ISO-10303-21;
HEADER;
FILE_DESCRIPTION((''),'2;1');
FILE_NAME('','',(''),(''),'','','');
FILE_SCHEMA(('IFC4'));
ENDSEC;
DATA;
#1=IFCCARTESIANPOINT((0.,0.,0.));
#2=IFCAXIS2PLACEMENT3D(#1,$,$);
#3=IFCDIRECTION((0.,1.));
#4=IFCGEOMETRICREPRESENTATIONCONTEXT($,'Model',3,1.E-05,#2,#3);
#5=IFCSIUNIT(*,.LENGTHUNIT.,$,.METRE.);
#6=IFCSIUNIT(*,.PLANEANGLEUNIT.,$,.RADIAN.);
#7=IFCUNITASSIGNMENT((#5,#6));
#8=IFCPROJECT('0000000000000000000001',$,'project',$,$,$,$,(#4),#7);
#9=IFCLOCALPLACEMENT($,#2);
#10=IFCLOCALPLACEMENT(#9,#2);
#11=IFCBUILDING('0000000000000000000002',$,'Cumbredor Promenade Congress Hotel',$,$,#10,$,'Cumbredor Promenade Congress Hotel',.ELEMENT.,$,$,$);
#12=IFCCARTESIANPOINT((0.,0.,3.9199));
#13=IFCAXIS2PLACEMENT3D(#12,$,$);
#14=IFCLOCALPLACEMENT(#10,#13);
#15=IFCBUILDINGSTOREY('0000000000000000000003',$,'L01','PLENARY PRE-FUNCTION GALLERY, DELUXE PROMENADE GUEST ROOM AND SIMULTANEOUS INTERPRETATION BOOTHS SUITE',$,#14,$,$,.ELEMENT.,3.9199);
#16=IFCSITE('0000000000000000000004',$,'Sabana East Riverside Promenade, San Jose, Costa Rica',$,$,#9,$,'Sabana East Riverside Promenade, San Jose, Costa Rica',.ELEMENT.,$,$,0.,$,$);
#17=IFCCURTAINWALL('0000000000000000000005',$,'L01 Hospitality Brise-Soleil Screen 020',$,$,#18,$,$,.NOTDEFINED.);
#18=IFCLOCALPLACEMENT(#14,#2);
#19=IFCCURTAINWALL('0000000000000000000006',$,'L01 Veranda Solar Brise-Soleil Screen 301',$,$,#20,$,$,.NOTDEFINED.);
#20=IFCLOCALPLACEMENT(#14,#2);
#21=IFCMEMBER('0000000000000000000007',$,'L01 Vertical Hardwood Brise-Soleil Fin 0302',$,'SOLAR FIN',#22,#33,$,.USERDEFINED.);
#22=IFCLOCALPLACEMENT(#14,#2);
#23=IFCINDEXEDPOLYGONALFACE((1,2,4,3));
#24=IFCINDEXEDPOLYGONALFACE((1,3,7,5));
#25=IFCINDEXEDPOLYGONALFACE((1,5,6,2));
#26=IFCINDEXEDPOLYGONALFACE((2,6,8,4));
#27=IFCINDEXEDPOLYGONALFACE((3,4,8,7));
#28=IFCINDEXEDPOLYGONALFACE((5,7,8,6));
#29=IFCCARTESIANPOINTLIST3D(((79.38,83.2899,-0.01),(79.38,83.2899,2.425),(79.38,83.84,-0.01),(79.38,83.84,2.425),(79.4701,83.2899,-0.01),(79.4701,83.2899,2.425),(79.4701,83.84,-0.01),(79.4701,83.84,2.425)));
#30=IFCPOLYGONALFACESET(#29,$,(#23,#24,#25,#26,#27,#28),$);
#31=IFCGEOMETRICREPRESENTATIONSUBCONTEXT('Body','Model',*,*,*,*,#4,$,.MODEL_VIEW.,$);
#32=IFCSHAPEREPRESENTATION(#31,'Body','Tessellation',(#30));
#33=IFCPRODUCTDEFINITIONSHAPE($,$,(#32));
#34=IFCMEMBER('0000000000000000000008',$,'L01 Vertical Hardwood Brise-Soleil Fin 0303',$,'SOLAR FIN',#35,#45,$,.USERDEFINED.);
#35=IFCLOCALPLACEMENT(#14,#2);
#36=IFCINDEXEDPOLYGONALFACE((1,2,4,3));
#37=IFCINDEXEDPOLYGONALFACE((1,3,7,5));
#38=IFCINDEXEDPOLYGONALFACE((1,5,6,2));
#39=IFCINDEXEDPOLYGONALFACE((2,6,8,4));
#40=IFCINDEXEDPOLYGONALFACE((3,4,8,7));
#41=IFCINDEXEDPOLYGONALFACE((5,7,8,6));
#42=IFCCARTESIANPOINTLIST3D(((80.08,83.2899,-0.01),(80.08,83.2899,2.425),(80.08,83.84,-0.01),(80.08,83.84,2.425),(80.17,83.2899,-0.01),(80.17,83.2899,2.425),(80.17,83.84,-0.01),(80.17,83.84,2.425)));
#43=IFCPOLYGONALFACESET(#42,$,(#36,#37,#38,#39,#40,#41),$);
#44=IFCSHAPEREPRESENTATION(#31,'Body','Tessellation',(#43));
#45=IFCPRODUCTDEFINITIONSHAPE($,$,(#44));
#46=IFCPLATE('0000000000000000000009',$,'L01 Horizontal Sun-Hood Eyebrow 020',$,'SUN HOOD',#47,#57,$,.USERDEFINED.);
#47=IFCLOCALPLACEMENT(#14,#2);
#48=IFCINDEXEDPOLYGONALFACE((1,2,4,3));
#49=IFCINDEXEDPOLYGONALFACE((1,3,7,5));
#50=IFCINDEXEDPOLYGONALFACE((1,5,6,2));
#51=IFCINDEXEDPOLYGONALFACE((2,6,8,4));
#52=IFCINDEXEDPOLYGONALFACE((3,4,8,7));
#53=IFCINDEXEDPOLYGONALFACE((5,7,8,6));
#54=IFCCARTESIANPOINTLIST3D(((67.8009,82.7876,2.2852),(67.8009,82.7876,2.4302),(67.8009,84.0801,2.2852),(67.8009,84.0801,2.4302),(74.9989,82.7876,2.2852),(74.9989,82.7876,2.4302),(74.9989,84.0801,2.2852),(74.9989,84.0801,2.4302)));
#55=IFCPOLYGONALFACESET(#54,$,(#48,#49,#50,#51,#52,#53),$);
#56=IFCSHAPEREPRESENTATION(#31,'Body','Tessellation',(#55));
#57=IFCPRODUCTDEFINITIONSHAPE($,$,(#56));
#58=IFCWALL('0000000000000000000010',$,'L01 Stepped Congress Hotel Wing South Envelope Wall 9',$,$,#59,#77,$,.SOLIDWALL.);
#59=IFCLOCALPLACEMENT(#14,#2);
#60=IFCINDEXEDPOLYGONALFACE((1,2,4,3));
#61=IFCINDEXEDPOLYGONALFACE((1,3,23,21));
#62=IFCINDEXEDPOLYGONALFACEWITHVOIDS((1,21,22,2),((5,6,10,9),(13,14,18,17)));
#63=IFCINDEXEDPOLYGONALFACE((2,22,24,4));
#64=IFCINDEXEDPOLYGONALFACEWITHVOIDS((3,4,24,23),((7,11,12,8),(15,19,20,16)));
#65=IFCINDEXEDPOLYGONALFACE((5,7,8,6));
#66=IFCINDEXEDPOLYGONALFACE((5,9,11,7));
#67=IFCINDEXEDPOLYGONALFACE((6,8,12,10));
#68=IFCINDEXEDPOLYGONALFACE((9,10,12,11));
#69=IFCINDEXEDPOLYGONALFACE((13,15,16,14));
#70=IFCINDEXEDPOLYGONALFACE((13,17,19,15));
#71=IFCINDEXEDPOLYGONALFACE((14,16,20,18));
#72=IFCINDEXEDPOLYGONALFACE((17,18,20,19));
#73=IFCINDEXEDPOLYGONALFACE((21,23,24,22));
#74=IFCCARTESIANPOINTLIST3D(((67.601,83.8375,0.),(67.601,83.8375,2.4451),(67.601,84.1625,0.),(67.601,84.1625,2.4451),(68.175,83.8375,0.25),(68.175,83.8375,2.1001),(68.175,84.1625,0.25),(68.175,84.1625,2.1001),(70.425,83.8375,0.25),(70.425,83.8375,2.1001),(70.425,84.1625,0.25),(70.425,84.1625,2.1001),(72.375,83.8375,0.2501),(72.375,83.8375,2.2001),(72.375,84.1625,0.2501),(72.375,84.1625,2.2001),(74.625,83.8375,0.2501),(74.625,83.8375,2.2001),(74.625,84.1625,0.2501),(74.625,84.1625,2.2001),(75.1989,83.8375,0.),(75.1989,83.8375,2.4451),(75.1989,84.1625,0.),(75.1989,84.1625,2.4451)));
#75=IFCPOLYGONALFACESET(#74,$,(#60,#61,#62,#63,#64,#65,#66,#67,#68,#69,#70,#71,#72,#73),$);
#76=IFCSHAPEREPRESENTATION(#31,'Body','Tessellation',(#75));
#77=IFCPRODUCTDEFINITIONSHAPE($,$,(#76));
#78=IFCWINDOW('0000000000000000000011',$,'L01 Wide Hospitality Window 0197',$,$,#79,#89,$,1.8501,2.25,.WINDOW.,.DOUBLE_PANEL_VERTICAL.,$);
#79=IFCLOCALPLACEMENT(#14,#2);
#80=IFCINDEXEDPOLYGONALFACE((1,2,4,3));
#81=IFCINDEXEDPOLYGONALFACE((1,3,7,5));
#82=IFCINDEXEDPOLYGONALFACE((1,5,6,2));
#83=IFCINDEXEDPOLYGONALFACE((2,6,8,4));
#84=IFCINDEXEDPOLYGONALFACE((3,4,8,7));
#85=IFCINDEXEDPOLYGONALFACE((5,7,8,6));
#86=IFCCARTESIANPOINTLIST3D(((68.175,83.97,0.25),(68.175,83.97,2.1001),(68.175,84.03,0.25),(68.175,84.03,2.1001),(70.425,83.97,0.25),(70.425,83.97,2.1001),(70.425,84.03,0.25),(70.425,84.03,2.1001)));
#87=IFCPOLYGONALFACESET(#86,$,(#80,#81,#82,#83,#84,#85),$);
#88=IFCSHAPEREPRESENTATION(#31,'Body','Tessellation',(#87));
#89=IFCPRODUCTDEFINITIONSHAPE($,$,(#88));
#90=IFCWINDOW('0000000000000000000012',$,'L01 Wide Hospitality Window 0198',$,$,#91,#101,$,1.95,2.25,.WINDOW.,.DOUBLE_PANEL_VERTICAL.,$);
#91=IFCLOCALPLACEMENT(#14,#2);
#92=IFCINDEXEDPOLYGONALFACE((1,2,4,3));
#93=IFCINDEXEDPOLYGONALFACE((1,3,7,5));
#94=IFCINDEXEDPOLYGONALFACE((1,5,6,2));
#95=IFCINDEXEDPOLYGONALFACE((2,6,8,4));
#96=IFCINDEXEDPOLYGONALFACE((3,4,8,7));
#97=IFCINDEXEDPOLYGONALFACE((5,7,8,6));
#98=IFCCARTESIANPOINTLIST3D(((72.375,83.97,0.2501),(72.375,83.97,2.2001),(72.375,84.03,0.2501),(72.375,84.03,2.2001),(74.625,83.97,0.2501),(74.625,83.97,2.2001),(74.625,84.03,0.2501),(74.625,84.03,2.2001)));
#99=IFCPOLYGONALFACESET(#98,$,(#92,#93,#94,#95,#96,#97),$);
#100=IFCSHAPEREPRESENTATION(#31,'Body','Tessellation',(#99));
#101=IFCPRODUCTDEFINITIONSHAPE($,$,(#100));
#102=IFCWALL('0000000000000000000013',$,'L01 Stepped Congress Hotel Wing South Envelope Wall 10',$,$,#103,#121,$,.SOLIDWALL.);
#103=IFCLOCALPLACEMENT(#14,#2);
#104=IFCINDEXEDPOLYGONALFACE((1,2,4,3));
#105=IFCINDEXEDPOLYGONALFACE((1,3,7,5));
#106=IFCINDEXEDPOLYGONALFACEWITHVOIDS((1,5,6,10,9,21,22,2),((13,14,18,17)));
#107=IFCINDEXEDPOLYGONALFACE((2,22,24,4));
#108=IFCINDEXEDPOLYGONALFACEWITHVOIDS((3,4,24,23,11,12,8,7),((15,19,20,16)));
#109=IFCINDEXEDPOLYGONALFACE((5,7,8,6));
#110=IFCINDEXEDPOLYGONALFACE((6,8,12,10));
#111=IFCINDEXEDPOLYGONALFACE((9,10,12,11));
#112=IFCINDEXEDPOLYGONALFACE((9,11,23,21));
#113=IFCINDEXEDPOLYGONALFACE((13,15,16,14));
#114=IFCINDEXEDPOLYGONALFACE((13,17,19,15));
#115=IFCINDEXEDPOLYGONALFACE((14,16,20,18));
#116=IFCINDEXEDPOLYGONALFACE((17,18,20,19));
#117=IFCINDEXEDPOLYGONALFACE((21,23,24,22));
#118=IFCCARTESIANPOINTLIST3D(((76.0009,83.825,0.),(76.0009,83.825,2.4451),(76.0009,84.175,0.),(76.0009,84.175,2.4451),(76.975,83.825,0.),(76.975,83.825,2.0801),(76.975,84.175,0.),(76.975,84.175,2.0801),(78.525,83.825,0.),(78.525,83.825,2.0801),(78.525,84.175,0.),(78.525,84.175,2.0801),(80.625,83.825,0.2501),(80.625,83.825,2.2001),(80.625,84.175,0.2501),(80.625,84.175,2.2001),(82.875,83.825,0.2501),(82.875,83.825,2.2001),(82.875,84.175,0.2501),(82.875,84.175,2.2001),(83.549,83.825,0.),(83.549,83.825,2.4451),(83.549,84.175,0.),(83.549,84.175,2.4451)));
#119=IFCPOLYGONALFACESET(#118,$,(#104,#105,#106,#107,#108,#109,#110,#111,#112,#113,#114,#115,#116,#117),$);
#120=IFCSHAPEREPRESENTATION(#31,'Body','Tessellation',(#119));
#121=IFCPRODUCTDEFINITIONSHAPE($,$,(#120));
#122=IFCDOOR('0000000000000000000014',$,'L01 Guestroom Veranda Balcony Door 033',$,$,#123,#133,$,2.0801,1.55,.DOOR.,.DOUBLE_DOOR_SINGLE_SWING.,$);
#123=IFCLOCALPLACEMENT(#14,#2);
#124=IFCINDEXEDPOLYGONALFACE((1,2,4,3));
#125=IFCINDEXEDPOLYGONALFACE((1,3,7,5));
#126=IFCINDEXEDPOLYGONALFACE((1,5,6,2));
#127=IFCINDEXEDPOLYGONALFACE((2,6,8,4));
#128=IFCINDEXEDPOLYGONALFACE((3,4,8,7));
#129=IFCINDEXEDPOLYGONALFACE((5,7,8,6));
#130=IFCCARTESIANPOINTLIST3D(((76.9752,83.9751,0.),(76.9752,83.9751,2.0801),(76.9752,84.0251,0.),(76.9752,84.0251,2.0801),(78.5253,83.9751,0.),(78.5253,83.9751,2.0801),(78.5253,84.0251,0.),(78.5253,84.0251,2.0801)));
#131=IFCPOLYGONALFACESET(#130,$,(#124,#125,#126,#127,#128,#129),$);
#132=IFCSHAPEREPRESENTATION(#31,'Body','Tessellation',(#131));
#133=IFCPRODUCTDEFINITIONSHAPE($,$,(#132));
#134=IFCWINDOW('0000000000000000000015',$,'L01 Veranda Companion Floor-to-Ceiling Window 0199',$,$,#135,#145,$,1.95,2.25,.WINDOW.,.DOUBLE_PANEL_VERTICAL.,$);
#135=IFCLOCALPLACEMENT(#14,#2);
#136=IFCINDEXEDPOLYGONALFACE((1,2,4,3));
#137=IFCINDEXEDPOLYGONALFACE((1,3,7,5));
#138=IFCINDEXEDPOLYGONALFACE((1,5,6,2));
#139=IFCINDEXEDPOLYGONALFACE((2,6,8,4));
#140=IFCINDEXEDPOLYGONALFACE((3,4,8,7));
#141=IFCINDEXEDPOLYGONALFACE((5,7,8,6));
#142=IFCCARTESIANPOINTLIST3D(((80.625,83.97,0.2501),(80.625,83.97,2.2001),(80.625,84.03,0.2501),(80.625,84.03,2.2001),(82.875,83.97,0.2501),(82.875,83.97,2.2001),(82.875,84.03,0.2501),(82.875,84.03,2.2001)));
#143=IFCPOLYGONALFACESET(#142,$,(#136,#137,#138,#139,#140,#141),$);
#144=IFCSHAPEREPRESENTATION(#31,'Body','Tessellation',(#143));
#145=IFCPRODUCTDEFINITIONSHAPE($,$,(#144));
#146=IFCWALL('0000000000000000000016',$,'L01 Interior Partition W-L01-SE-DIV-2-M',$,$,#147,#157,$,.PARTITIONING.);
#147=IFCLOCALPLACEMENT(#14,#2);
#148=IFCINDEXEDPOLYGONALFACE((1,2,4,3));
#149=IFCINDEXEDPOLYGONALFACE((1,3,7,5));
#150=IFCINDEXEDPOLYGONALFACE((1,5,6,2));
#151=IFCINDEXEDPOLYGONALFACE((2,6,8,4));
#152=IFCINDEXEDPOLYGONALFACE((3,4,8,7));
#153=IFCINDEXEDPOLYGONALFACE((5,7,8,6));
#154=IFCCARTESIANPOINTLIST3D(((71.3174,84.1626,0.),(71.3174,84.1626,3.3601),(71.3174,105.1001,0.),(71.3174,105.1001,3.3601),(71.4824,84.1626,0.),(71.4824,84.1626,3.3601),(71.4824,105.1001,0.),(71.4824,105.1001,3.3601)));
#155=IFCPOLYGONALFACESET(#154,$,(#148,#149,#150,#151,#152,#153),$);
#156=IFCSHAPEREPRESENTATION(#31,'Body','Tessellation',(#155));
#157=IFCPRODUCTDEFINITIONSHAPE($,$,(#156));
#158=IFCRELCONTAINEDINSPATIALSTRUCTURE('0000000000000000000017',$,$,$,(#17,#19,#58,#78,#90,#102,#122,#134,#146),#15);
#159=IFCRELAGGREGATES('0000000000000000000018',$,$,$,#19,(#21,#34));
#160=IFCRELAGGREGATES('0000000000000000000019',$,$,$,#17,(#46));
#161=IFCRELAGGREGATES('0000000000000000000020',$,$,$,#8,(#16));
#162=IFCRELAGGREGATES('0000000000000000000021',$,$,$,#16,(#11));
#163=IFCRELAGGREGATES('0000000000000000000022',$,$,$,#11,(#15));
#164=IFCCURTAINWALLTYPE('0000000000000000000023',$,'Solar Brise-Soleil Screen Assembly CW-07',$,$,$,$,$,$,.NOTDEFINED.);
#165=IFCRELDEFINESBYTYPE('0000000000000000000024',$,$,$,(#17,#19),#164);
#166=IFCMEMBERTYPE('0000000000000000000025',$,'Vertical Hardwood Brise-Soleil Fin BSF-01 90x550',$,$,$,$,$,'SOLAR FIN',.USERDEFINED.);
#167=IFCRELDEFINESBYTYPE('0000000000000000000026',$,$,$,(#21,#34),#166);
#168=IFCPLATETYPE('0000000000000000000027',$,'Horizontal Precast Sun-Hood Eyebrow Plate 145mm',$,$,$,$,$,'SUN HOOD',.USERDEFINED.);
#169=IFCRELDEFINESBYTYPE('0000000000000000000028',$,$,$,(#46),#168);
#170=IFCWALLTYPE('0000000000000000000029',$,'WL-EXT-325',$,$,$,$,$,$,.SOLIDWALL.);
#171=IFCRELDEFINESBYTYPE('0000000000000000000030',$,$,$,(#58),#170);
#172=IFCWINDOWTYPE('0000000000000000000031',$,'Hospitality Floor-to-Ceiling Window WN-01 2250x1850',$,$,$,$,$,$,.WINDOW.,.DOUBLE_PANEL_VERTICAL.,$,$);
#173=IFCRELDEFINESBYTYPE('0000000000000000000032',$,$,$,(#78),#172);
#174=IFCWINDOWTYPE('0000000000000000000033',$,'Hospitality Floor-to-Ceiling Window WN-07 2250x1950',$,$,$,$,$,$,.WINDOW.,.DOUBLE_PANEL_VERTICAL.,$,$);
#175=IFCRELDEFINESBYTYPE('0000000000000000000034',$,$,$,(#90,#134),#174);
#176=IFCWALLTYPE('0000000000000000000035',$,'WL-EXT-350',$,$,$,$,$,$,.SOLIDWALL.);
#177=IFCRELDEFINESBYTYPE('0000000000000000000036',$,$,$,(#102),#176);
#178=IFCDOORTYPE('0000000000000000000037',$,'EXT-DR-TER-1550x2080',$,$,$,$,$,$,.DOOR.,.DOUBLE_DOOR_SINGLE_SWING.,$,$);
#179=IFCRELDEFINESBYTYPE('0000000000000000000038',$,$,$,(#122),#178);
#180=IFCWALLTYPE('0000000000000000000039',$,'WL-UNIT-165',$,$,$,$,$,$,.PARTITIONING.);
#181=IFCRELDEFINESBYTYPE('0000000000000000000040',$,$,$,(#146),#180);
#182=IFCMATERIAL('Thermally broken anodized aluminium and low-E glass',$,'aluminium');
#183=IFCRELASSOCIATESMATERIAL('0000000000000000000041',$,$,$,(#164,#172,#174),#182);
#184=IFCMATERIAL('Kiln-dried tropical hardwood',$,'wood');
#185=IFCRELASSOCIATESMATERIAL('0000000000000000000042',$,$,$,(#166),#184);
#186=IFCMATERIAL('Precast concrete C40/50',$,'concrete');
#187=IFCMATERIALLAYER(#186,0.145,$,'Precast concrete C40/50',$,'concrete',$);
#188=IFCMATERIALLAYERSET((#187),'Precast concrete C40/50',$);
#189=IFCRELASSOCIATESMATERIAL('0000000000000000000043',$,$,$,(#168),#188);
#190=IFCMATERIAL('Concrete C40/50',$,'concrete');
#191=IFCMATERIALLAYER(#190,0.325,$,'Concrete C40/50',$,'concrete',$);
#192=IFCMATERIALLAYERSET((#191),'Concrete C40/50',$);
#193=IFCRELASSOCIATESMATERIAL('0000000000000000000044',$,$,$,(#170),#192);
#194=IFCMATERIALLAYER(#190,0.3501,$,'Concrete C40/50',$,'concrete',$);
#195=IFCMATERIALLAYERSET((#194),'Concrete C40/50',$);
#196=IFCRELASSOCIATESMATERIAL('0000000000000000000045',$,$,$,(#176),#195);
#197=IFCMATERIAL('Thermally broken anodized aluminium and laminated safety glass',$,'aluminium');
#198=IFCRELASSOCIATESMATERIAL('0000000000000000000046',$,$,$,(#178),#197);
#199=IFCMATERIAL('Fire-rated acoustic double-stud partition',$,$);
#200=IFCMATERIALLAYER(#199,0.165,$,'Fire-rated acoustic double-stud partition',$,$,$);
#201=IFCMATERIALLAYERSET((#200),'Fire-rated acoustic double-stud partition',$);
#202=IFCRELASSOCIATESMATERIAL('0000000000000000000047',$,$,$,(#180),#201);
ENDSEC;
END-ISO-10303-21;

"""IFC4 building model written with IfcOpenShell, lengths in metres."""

from ifc_helpers import new_model, si_unit, direction, frame, frame_2d, origin, origin_2d, place, context, subcontext, project, spatial, rectangle, extrude, material, layer, layer_set, material_profile, profile_set, type_object, element, fill, aggregate, save


model = new_model("IFC4")

# Units and contexts
model_context = context("Model", 3, precision=1e-05, world=origin(), true_north=direction((0.0, 1.0)))
body_context = subcontext(model_context, "Body", "Model", "MODEL_VIEW")
ifc_project = project(units=[si_unit("LENGTHUNIT", "METRE"), si_unit("PLANEANGLEUNIT", "RADIAN")], contexts=[model_context])

# Site, building, storey
site_placement = place(None, origin())
site = spatial("IfcSite", under=ifc_project, at=site_placement, Name="Sabana East Riverside Promenade, San Jose, Costa Rica", LongName="Sabana East Riverside Promenade, San Jose, Costa Rica", CompositionType="ELEMENT", RefElevation=0.0)
building_placement = place(site_placement, origin())
building = spatial("IfcBuilding", under=site, at=building_placement, Name="Cumbredor Promenade Congress Hotel", LongName="Cumbredor Promenade Congress Hotel", CompositionType="ELEMENT")
storey_placement = place(building_placement, frame((0.0, 0.0, 3.9199)))
storey = spatial("IfcBuildingStorey", under=building, at=storey_placement, Name="L01", Description="PLENARY PRE-FUNCTION GALLERY, DELUXE PROMENADE GUEST ROOM AND SIMULTANEOUS INTERPRETATION BOOTHS SUITE", CompositionType="ELEMENT", Elevation=3.9199)

# Curtain walls
ifc_material_1 = material(Name="Thermally broken anodized aluminium and low-E glass", Category="aluminium")
curtain_wall_type = type_object("IfcCurtainWallType", Name="Solar Brise-Soleil Screen Assembly CW-07", PredefinedType="NOTDEFINED", material=ifc_material_1)
curtain_wall_1_placement = place(storey_placement, origin())
curtain_wall_1 = element("IfcCurtainWall", 1, at=curtain_wall_1_placement, inside=storey, type_object=curtain_wall_type, Name="L01 Hospitality Brise-Soleil Screen 020", PredefinedType="NOTDEFINED")
curtain_wall_2_placement = place(storey_placement, origin())
curtain_wall_2 = element("IfcCurtainWall", 2, at=curtain_wall_2_placement, inside=storey, type_object=curtain_wall_type, Name="L01 Veranda Solar Brise-Soleil Screen 301", PredefinedType="NOTDEFINED")

# Shared definitions
ifc_material_2 = material(Name="Concrete C40/50", Category="concrete")

# Members
ifc_material_3 = material(Name="Kiln-dried tropical hardwood", Category="wood")
ifc_material_profile_1 = material_profile(ifc_material_3, rectangle(XDim=0.0901, YDim=0.55, at=origin_2d()), Name="ARCH FIN 90x550")
ifc_profile_set_1 = profile_set([ifc_material_profile_1], Name="Kiln-dried tropical hardwood")
member_type_1 = type_object("IfcMemberType", Name="Vertical Hardwood Brise-Soleil Fin BSF-01 90x550", ElementType="SOLAR FIN", PredefinedType="USERDEFINED", material=ifc_profile_set_1)
member_1_placement = place(storey_placement, frame((79.425, 83.5649, -0.01), z_axis=(0.0, 0.0, 1.0), x_axis=(1.0, 0.0, 0.0)))
member_1 = element("IfcMember", 3, at=member_1_placement, type_object=member_type_1, Name="L01 Vertical Hardwood Brise-Soleil Fin 0302", ObjectType="SOLAR FIN", PredefinedType="USERDEFINED", context=body_context, shape_type="SweptSolid", body=[
    extrude(rectangle(XDim=0.0901, YDim=0.55, at=origin_2d()), origin(), (0.0, 0.0, 1.0), 2.4351),
])
member_2_placement = place(storey_placement, frame((80.125, 83.5649, -0.01), z_axis=(0.0, 0.0, 1.0), x_axis=(1.0, 0.0, 0.0)))
member_2 = element("IfcMember", 4, at=member_2_placement, type_object=member_type_1, Name="L01 Vertical Hardwood Brise-Soleil Fin 0303", ObjectType="SOLAR FIN", PredefinedType="USERDEFINED", context=body_context, shape_type="SweptSolid", body=[
    extrude(rectangle(XDim=0.0901, YDim=0.55, at=origin_2d()), origin(), (0.0, 0.0, 1.0), 2.4351),
])
aggregate(curtain_wall_2, [member_1, member_2])

# Plate
ifc_material_4 = material(Name="Precast concrete C40/50", Category="concrete")
ifc_layer_1 = layer(ifc_material_4, 0.145, Name="Precast concrete C40/50", Category="concrete")
ifc_layer_set_1 = layer_set([ifc_layer_1], Name="Precast concrete C40/50")
plate_type = type_object("IfcPlateType", Name="Horizontal Precast Sun-Hood Eyebrow Plate 145mm", ElementType="SUN HOOD", PredefinedType="USERDEFINED", material=ifc_layer_set_1)
plate_placement = place(storey_placement, frame((71.3999, 83.4338, 2.2852), z_axis=(0.0, 0.0, 1.0), x_axis=(1.0, 0.0, 0.0)))
plate = element("IfcPlate", 5, at=plate_placement, type_object=plate_type, Name="L01 Horizontal Sun-Hood Eyebrow 020", ObjectType="SUN HOOD", PredefinedType="USERDEFINED", context=body_context, shape_type="SweptSolid", body=[
    extrude(rectangle(XDim=7.198, YDim=1.2925, at=origin_2d()), origin(), (0.0, 0.0, 1.0), 0.145),
])
aggregate(curtain_wall_1, [plate])

# Wall, openings, windows
ifc_layer_2 = layer(ifc_material_2, 0.325, Name="Concrete C40/50", Category="concrete")
ifc_layer_set_2 = layer_set([ifc_layer_2], Name="Concrete C40/50")
wall_type_1 = type_object("IfcWallType", Name="WL-EXT-325", PredefinedType="SOLIDWALL", material=ifc_layer_set_2)
wall_1_placement = place(storey_placement, frame((67.6011, 84.0, 0.0), z_axis=(0.0, 0.0, 1.0), x_axis=(1.0, 0.0, 0.0)))
wall_1 = element("IfcWall", 6, at=wall_1_placement, inside=storey, type_object=wall_type_1, Name="L01 Stepped Congress Hotel Wing South Envelope Wall 9", PredefinedType="SOLIDWALL", context=body_context, shape_type="SweptSolid", body=[
    extrude(rectangle(XDim=7.5979, YDim=0.325, at=frame_2d((3.7988, 0.0))), origin(), (0.0, 0.0, 1.0), 2.4451),
])
opening_1_placement = place(wall_1_placement, frame((0.574, 0.0, 0.25)))
opening_1 = element("IfcOpeningElement", 7, at=opening_1_placement, cuts=wall_1, PredefinedType="OPENING", context=body_context, shape_type="SweptSolid", body=[
    extrude(rectangle(XDim=2.25, YDim=1.8501, at=frame_2d((1.125, 0.925))), frame((0.0, 0.1724, 0.0), z_axis=(0.0, -1.0, 0.0), x_axis=(1.0, 0.0, 0.0)), (0.0, 0.0, 1.0), 0.345),
])
opening_2_placement = place(wall_1_placement, frame((4.7739, 0.0, 0.25)))
opening_2 = element("IfcOpeningElement", 8, at=opening_2_placement, cuts=wall_1, PredefinedType="OPENING", context=body_context, shape_type="SweptSolid", body=[
    extrude(rectangle(XDim=2.25, YDim=1.95, at=frame_2d((1.125, 0.9751))), frame((0.0, 0.1724, 0.0), z_axis=(0.0, -1.0, 0.0), x_axis=(1.0, 0.0, 0.0)), (0.0, 0.0, 1.0), 0.345),
])
window_type_1 = type_object("IfcWindowType", Name="Hospitality Floor-to-Ceiling Window WN-01 2250x1850", PartitioningType="DOUBLE_PANEL_VERTICAL", PredefinedType="WINDOW", material=ifc_material_1)
window_1_placement = place(opening_1_placement, origin())
window_1 = element("IfcWindow", 9, at=window_1_placement, inside=storey, type_object=window_type_1, Name="L01 Wide Hospitality Window 0197", OverallHeight=1.8501, OverallWidth=2.25, PartitioningType="DOUBLE_PANEL_VERTICAL", PredefinedType="WINDOW", context=body_context, shape_type="SweptSolid", body=[
    extrude(rectangle(XDim=2.25, YDim=1.8501, at=frame_2d((1.125, 0.925))), frame((0.0, 0.03, 0.0), z_axis=(0.0, -1.0, 0.0), x_axis=(1.0, 0.0, 0.0)), (0.0, 0.0, 1.0), 0.0601),
])
fill(opening_1, window_1)
window_type_2 = type_object("IfcWindowType", Name="Hospitality Floor-to-Ceiling Window WN-07 2250x1950", PartitioningType="DOUBLE_PANEL_VERTICAL", PredefinedType="WINDOW", material=ifc_material_1)
window_2_placement = place(opening_2_placement, origin())
window_2 = element("IfcWindow", 10, at=window_2_placement, inside=storey, type_object=window_type_2, Name="L01 Wide Hospitality Window 0198", OverallHeight=1.95, OverallWidth=2.25, PartitioningType="DOUBLE_PANEL_VERTICAL", PredefinedType="WINDOW", context=body_context, shape_type="SweptSolid", body=[
    extrude(rectangle(XDim=2.25, YDim=1.95, at=frame_2d((1.125, 0.9751))), frame((0.0, 0.03, 0.0), z_axis=(0.0, -1.0, 0.0), x_axis=(1.0, 0.0, 0.0)), (0.0, 0.0, 1.0), 0.0601),
])
fill(opening_2, window_2)

# Wall, openings, door, window
ifc_layer_3 = layer(ifc_material_2, 0.3501, Name="Concrete C40/50", Category="concrete")
ifc_layer_set_3 = layer_set([ifc_layer_3], Name="Concrete C40/50")
wall_type_2 = type_object("IfcWallType", Name="WL-EXT-350", PredefinedType="SOLIDWALL", material=ifc_layer_set_3)
wall_2_placement = place(storey_placement, frame((76.001, 84.0, 0.0), z_axis=(0.0, 0.0, 1.0), x_axis=(1.0, 0.0, 0.0)))
wall_2 = element("IfcWall", 11, at=wall_2_placement, inside=storey, type_object=wall_type_2, Name="L01 Stepped Congress Hotel Wing South Envelope Wall 10", PredefinedType="SOLIDWALL", context=body_context, shape_type="SweptSolid", body=[
    extrude(rectangle(XDim=7.5481, YDim=0.3501, at=frame_2d((3.7739, 0.0))), origin(), (0.0, 0.0, 1.0), 2.4451),
])
opening_3_placement = place(wall_2_placement, frame((0.9741, 0.0, 0.0)))
opening_3 = element("IfcOpeningElement", 12, at=opening_3_placement, cuts=wall_2, PredefinedType="OPENING", context=body_context, shape_type="SweptSolid", body=[
    extrude(rectangle(XDim=1.55, YDim=2.0801, at=frame_2d((0.7749, 1.04))), frame((0.0, 0.1851, 0.0), z_axis=(0.0, -1.0, 0.0), x_axis=(1.0, 0.0, 0.0)), (0.0, 0.0, 1.0), 0.3701),
])
opening_4_placement = place(wall_2_placement, frame((4.624, 0.0, 0.25)))
opening_4 = element("IfcOpeningElement", 13, at=opening_4_placement, cuts=wall_2, PredefinedType="OPENING", context=body_context, shape_type="SweptSolid", body=[
    extrude(rectangle(XDim=2.25, YDim=1.95, at=frame_2d((1.125, 0.9751))), frame((0.0, 0.1851, 0.0), z_axis=(0.0, -1.0, 0.0), x_axis=(1.0, 0.0, 0.0)), (0.0, 0.0, 1.0), 0.3701),
])
ifc_material_5 = material(Name="Thermally broken anodized aluminium and laminated safety glass", Category="aluminium")
door_type = type_object("IfcDoorType", Name="EXT-DR-TER-1550x2080", OperationType="DOUBLE_DOOR_SINGLE_SWING", PredefinedType="DOOR", material=ifc_material_5)
door_placement = place(opening_3_placement, frame((1.55, 0.0, 0.0), z_axis=(0.0, 0.0, 1.0), x_axis=(-1.0, 0.0, 0.0)))
door = element("IfcDoor", 14, at=door_placement, inside=storey, type_object=door_type, Name="L01 Guestroom Veranda Balcony Door 033", OperationType="DOUBLE_DOOR_SINGLE_SWING", OverallHeight=2.0801, OverallWidth=1.55, PredefinedType="DOOR", context=body_context, shape_type="SweptSolid", body=[
    extrude(rectangle(XDim=1.55, YDim=2.0801, at=frame_2d((0.7749, 1.04))), frame((0.0, 0.0249, 0.0), z_axis=(0.0, -1.0, 0.0), x_axis=(1.0, 0.0, 0.0)), (0.0, 0.0, 1.0), 0.05),
])
fill(opening_3, door)
window_3_placement = place(opening_4_placement, origin())
window_3 = element("IfcWindow", 15, at=window_3_placement, inside=storey, type_object=window_type_2, Name="L01 Veranda Companion Floor-to-Ceiling Window 0199", OverallHeight=1.95, OverallWidth=2.25, PartitioningType="DOUBLE_PANEL_VERTICAL", PredefinedType="WINDOW", context=body_context, shape_type="SweptSolid", body=[
    extrude(rectangle(XDim=2.25, YDim=1.95, at=frame_2d((1.125, 0.9751))), frame((0.0, 0.03, 0.0), z_axis=(0.0, -1.0, 0.0), x_axis=(1.0, 0.0, 0.0)), (0.0, 0.0, 1.0), 0.0601),
])
fill(opening_4, window_3)

# Wall
ifc_material_6 = material(Name="Fire-rated acoustic double-stud partition")
ifc_layer_4 = layer(ifc_material_6, 0.165, Name="Fire-rated acoustic double-stud partition")
ifc_layer_set_4 = layer_set([ifc_layer_4], Name="Fire-rated acoustic double-stud partition")
wall_type_3 = type_object("IfcWallType", Name="WL-UNIT-165", PredefinedType="PARTITIONING", material=ifc_layer_set_4)
wall_3_placement = place(storey_placement, frame((71.3999, 84.1626, 0.0), z_axis=(0.0, 0.0, 1.0), x_axis=(0.0, 1.0, 0.0)))
element("IfcWall", 16, at=wall_3_placement, inside=storey, type_object=wall_type_3, Name="L01 Interior Partition W-L01-SE-DIV-2-M", PredefinedType="PARTITIONING", context=body_context, shape_type="SweptSolid", body=[
    extrude(rectangle(XDim=20.9375, YDim=0.165, at=frame_2d((10.4688, 0.0))), origin(), (0.0, 0.0, 1.0), 3.3601),
])

save(model, "model.ifc")
